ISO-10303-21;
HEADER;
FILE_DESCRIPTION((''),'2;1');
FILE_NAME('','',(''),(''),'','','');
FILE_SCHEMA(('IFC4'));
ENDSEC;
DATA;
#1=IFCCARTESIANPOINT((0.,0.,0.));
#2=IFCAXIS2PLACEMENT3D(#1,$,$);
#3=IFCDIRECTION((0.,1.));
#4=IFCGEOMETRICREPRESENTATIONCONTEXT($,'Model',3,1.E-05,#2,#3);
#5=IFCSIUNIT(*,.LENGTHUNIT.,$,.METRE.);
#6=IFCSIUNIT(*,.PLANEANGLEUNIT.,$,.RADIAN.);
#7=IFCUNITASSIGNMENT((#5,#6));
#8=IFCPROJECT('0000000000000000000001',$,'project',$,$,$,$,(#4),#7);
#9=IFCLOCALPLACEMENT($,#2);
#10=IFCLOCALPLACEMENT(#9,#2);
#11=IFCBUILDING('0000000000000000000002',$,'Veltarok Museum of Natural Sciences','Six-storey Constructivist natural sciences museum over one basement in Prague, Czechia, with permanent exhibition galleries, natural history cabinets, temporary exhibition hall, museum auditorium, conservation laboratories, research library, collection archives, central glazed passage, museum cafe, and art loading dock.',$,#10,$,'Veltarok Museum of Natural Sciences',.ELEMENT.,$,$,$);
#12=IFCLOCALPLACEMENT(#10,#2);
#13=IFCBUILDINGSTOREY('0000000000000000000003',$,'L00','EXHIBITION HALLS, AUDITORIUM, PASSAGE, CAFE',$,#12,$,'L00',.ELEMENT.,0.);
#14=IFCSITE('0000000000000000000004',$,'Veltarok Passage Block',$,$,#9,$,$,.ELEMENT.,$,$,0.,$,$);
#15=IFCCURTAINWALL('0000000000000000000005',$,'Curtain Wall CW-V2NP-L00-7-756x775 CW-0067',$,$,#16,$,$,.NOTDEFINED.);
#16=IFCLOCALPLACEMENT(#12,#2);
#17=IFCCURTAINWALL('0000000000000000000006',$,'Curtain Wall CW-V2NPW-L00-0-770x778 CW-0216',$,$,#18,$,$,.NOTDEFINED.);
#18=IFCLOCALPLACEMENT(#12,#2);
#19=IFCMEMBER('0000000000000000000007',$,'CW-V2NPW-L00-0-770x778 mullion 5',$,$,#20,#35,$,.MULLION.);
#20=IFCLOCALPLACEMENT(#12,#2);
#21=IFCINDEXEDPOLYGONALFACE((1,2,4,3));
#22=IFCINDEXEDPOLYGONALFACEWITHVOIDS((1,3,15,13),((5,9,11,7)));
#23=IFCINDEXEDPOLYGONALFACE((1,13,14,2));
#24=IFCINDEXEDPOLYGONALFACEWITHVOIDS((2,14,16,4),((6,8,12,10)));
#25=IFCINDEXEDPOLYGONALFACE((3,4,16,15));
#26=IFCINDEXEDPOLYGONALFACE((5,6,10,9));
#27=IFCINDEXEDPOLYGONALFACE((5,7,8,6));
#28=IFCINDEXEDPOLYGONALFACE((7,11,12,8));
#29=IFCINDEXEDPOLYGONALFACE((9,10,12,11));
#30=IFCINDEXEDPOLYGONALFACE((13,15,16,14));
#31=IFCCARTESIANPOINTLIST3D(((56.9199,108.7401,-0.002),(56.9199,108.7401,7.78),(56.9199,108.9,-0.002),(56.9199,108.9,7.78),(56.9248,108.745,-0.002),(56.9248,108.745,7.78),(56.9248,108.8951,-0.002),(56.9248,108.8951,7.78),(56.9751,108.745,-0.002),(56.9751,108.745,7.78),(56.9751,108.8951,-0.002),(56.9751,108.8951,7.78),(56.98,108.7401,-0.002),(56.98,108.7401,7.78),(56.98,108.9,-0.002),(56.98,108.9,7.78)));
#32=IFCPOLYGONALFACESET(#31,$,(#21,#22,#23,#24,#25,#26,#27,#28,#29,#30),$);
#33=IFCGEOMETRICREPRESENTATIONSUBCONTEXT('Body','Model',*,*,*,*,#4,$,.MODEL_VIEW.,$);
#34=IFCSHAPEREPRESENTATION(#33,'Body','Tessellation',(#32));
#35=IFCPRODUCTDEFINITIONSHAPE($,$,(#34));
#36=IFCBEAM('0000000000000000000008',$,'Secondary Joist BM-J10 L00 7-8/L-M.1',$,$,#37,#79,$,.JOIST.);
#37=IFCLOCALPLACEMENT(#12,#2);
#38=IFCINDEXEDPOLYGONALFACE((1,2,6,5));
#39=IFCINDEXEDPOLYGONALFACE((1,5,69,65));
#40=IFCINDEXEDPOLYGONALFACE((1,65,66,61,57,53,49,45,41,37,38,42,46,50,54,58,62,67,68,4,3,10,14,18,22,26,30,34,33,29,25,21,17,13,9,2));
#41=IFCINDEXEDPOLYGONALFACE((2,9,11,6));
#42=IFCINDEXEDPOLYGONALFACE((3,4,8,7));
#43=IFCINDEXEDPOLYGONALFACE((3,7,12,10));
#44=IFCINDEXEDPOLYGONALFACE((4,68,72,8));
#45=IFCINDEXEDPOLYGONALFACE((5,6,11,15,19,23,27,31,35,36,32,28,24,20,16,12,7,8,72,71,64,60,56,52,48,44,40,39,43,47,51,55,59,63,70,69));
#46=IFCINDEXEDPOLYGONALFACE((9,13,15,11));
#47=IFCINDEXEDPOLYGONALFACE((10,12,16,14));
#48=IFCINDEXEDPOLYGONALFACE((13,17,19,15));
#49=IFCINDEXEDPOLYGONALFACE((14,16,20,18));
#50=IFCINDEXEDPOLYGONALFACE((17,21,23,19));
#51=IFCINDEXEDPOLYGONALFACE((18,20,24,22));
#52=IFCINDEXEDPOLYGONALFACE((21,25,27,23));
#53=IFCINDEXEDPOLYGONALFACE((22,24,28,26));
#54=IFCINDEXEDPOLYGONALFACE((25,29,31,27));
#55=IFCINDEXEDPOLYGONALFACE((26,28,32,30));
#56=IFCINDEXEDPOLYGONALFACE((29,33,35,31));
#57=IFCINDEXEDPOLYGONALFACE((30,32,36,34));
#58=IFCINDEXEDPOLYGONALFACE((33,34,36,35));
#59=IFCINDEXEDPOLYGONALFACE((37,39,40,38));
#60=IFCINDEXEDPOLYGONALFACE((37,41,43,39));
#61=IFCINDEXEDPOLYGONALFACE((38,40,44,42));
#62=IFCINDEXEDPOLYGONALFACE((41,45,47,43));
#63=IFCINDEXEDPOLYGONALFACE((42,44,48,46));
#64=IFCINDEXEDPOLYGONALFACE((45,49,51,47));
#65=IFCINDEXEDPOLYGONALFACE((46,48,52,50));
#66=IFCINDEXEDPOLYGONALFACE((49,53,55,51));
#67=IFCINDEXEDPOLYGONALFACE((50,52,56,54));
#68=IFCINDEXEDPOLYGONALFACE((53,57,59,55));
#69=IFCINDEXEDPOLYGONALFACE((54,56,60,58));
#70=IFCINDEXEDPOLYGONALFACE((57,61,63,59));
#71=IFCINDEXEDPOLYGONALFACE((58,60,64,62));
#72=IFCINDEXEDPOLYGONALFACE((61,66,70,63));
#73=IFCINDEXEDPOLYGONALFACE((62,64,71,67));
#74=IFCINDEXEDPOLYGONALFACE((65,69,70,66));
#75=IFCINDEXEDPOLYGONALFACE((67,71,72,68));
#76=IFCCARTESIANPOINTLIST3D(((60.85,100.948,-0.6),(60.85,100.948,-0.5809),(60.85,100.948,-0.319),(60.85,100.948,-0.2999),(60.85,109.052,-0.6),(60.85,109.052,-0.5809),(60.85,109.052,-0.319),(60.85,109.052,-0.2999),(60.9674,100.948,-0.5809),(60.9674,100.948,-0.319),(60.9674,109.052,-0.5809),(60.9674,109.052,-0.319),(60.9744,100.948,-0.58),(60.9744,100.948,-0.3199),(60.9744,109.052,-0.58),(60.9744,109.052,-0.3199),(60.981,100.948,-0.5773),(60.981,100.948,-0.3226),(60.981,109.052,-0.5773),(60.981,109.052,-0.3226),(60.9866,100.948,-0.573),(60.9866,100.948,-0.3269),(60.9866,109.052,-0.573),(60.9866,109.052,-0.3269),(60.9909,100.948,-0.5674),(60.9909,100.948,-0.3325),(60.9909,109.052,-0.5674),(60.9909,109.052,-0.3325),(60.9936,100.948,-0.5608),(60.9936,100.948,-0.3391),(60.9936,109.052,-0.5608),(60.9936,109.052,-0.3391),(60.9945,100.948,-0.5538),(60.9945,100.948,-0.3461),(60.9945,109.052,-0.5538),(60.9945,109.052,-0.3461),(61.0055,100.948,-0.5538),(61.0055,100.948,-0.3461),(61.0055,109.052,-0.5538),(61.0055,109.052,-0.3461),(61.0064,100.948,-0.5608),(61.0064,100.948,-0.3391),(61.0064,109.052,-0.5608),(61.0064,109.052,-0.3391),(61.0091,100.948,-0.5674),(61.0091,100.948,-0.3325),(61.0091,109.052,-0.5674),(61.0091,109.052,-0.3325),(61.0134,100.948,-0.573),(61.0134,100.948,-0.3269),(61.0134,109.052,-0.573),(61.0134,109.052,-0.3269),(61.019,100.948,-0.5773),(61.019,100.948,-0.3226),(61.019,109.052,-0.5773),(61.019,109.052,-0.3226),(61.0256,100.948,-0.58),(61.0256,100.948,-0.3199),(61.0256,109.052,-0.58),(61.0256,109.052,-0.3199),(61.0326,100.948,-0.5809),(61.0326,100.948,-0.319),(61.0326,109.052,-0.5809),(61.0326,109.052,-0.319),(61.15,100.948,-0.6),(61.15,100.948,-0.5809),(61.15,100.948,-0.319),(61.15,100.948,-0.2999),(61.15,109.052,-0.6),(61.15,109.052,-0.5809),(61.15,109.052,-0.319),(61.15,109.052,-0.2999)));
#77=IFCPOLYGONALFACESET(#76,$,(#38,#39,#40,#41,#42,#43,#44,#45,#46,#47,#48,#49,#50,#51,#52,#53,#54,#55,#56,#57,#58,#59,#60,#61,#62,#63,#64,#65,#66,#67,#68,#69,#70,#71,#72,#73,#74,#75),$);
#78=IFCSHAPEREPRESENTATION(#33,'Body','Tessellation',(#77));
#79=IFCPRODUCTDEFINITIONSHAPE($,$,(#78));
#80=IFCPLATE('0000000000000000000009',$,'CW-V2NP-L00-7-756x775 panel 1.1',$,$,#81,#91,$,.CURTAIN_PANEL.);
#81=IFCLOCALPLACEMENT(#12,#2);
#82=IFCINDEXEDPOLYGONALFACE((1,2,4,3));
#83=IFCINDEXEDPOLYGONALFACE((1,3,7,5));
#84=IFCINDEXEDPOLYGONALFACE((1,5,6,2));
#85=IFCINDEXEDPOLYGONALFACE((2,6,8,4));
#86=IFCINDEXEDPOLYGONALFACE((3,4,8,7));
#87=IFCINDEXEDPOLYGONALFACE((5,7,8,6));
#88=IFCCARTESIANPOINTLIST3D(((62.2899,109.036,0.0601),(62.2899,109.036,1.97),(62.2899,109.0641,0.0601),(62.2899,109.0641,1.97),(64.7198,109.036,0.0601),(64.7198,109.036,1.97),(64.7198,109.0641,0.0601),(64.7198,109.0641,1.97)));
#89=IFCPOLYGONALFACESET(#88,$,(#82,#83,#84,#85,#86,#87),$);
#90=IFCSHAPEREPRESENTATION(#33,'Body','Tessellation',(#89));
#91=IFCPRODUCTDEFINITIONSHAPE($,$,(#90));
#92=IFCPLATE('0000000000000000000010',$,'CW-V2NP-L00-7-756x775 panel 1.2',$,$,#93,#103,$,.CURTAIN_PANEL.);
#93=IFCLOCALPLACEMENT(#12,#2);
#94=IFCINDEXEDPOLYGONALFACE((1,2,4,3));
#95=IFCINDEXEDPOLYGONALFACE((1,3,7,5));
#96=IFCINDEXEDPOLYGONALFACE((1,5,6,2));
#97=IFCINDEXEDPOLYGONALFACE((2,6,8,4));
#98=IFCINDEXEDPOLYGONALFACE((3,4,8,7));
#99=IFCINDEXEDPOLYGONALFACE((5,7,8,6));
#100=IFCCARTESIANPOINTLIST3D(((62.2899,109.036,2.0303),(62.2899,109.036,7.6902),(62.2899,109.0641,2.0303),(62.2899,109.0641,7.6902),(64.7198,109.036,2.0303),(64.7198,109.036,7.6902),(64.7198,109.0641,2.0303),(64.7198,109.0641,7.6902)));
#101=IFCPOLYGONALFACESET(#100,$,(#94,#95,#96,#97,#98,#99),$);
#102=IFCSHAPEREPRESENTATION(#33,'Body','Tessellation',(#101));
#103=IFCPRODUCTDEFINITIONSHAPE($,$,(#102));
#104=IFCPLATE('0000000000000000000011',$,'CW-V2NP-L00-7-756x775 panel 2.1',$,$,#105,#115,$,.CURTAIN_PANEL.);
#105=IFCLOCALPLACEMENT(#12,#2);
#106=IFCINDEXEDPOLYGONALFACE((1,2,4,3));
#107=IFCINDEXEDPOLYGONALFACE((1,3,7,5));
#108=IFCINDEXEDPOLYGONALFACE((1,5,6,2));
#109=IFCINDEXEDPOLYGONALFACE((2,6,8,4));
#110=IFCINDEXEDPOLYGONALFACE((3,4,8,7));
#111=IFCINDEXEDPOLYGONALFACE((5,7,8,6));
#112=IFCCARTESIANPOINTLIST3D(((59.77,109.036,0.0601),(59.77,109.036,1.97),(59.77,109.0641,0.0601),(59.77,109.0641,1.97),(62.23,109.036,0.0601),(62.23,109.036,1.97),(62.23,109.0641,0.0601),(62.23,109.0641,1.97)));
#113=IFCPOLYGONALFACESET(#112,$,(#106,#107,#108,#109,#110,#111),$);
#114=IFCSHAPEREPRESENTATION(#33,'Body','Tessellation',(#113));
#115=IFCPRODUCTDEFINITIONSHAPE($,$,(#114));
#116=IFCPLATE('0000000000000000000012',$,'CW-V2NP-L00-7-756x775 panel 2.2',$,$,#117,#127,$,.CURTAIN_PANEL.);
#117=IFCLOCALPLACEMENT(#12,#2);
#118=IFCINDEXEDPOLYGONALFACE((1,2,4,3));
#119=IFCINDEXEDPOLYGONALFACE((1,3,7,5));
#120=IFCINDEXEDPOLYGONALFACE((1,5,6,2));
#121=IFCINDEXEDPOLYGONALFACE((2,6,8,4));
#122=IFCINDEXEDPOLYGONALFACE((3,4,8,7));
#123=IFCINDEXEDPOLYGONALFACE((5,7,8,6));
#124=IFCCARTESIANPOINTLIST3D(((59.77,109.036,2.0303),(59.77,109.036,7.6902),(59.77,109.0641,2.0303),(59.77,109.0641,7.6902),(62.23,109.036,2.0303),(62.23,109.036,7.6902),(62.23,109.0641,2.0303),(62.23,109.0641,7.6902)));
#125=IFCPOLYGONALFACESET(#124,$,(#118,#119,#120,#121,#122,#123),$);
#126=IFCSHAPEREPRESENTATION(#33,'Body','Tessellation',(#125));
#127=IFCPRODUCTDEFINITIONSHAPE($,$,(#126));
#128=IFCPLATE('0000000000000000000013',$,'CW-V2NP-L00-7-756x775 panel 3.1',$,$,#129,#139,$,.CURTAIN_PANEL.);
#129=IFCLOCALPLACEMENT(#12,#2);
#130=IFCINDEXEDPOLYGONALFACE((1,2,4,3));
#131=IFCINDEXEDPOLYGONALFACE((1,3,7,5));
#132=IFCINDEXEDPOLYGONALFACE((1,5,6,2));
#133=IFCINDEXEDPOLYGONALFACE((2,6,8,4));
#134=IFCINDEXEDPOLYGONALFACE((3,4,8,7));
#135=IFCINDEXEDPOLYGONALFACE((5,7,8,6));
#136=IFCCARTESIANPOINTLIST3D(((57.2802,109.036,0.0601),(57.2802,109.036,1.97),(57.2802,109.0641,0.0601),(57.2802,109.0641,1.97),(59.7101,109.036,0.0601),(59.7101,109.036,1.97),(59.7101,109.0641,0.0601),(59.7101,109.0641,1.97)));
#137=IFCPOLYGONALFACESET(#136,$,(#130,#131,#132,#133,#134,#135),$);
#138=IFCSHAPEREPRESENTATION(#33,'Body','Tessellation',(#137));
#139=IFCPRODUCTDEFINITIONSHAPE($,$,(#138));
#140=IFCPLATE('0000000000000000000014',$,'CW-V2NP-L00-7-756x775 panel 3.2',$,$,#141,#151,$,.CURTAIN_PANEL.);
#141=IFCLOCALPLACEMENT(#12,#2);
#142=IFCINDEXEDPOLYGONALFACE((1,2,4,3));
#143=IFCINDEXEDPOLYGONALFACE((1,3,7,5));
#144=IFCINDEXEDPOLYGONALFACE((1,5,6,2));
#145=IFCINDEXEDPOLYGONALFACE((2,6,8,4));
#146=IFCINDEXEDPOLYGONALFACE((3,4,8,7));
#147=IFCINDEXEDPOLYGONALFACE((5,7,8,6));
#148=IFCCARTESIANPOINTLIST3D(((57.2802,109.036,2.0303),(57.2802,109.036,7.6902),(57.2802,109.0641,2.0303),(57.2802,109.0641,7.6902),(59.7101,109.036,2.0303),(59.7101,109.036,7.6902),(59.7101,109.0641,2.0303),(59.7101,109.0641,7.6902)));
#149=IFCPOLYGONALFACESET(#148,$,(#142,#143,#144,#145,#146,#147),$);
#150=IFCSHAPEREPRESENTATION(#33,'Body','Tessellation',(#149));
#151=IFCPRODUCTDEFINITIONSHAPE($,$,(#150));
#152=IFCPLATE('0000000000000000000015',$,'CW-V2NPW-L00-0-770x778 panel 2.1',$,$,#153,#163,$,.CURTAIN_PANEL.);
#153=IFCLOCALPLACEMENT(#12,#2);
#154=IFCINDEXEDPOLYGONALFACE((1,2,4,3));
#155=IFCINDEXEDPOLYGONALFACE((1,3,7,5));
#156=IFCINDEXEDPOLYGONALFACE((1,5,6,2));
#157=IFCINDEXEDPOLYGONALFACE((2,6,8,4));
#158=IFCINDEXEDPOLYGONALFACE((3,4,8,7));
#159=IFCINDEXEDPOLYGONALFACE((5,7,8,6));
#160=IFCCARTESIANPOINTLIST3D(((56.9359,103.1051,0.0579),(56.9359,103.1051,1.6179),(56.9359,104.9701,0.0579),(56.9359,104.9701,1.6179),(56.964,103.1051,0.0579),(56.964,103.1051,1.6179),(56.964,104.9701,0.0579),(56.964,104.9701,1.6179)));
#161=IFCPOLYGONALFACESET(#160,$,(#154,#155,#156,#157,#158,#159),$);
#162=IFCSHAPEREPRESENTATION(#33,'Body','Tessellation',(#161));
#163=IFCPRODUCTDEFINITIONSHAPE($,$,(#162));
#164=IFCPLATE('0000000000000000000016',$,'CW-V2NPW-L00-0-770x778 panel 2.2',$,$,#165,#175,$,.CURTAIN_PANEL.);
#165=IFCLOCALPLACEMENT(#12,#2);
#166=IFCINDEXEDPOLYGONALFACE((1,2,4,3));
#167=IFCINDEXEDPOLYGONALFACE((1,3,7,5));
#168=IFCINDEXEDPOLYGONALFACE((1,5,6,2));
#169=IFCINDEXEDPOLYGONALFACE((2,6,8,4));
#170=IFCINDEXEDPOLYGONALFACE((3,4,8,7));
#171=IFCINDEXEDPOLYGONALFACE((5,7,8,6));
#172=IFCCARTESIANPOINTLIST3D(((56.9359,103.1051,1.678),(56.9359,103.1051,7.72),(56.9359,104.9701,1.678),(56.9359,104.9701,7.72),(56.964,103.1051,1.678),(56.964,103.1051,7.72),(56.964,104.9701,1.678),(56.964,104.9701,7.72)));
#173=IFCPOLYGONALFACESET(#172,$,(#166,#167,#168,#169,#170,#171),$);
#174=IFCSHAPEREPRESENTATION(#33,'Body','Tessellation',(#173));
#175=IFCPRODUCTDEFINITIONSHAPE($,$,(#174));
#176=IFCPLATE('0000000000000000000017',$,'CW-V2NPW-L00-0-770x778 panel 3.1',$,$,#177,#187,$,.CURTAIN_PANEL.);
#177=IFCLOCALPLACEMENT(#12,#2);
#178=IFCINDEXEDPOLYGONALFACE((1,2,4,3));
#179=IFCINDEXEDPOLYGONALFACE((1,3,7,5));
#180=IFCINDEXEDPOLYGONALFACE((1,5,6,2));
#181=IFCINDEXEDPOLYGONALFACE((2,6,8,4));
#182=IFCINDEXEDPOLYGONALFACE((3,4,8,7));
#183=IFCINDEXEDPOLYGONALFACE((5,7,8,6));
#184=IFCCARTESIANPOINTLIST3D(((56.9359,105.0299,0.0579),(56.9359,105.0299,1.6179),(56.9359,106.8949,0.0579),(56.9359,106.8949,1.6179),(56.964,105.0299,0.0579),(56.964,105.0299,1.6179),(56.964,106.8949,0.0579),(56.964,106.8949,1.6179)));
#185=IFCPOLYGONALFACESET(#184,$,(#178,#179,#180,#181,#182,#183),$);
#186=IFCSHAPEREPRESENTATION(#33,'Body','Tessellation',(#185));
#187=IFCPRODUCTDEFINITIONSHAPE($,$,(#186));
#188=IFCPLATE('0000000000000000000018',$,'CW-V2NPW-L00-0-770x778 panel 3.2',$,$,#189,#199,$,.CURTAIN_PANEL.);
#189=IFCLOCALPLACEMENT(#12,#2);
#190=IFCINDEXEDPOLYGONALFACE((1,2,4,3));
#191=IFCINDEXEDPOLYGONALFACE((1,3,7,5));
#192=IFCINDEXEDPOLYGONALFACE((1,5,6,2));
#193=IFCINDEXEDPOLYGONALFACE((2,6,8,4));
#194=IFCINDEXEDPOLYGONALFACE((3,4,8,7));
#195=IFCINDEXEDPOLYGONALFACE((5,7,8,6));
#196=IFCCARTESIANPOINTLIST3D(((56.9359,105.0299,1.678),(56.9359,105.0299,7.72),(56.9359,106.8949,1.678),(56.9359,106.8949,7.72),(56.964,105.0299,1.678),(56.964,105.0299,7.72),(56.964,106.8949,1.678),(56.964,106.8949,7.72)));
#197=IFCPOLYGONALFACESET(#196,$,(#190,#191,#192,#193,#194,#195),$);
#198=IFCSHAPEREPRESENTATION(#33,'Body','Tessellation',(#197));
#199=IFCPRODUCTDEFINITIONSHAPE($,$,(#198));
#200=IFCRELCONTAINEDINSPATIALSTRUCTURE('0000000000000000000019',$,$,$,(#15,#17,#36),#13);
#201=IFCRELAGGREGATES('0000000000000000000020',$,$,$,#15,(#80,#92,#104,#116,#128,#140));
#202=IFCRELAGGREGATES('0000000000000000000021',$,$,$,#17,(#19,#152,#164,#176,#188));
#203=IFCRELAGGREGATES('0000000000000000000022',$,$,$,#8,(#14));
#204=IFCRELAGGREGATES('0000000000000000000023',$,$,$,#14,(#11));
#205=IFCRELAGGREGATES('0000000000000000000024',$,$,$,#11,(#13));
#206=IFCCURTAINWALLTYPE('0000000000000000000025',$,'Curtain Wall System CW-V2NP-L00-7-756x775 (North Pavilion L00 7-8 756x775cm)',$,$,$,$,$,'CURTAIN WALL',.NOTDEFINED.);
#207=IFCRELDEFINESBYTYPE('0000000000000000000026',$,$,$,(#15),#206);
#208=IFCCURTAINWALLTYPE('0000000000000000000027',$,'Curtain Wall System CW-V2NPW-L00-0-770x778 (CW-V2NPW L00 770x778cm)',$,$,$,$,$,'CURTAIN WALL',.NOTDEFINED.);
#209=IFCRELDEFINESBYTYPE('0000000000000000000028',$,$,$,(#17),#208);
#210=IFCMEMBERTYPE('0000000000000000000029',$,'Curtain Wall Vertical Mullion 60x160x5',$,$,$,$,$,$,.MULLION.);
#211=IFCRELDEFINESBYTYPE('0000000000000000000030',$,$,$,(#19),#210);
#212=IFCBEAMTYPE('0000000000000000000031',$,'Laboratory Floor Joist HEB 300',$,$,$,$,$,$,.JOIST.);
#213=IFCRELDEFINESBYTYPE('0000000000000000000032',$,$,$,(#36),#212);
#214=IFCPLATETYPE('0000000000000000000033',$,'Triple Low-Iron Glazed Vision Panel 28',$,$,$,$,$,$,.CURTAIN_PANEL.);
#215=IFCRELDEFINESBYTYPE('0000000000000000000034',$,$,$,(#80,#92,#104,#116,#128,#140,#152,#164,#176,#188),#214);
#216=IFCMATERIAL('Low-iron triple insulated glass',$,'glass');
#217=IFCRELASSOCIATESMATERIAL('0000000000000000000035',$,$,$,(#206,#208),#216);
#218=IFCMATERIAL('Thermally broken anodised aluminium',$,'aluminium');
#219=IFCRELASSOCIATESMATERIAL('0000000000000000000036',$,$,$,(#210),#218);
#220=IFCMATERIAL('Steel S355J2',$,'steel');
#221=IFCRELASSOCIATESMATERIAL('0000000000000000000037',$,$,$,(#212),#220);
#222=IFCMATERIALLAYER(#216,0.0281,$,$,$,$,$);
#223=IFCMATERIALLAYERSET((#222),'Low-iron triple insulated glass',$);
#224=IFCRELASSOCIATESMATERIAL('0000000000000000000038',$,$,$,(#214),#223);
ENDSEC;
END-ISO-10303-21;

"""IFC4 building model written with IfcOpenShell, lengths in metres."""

from ifc_helpers import new_model, si_unit, direction, frame, origin, origin_2d, place, context, subcontext, project, spatial, rectangle, hollow_rectangle, i_section, extrude, material, layer, layer_set, material_profile, profile_set, type_object, element, aggregate, save


model = new_model("IFC4")

# Units and contexts
model_context = context("Model", 3, precision=1e-05, world=origin(), true_north=direction((0.0, 1.0)))
body_context = subcontext(model_context, "Body", "Model", "MODEL_VIEW")
ifc_project = project(units=[si_unit("LENGTHUNIT", "METRE"), si_unit("PLANEANGLEUNIT", "RADIAN")], contexts=[model_context])

# Site, building, storey
site_placement = place(None, origin())
site = spatial("IfcSite", under=ifc_project, at=site_placement, Name="Veltarok Passage Block", CompositionType="ELEMENT", RefElevation=0.0)
building_placement = place(site_placement, origin())
building = spatial("IfcBuilding", under=site, at=building_placement, Name="Veltarok Museum of Natural Sciences", Description="Six-storey Constructivist natural sciences museum over one basement in Prague, Czechia, with permanent exhibition galleries, natural history cabinets, temporary exhibition hall, museum auditorium, conservation laboratories, research library, collection archives, central glazed passage, museum cafe, and art loading dock.", LongName="Veltarok Museum of Natural Sciences", CompositionType="ELEMENT")
storey_placement = place(building_placement, origin())
storey = spatial("IfcBuildingStorey", under=building, at=storey_placement, Name="L00", Description="EXHIBITION HALLS, AUDITORIUM, PASSAGE, CAFE", LongName="L00", CompositionType="ELEMENT", Elevation=0.0)

# Curtain walls
ifc_material_1 = material(Name="Low-iron triple insulated glass", Category="glass")
curtain_wall_type_1 = type_object("IfcCurtainWallType", Name="Curtain Wall System CW-V2NP-L00-7-756x775 (North Pavilion L00 7-8 756x775cm)", ElementType="CURTAIN WALL", PredefinedType="NOTDEFINED", material=ifc_material_1)
curtain_wall_1_placement = place(storey_placement, origin())
curtain_wall_1 = element("IfcCurtainWall", 1, at=curtain_wall_1_placement, inside=storey, type_object=curtain_wall_type_1, Name="Curtain Wall CW-V2NP-L00-7-756x775 CW-0067", PredefinedType="NOTDEFINED")
ifc_material_2 = material(Name="Thermally broken anodised aluminium", Category="aluminium")
curtain_wall_type_2 = type_object("IfcCurtainWallType", Name="Curtain Wall System CW-V2NPW-L00-0-770x778 (CW-V2NPW L00 770x778cm)", ElementType="CURTAIN WALL", PredefinedType="NOTDEFINED", material=ifc_material_1)
curtain_wall_2_placement = place(storey_placement, origin())
curtain_wall_2 = element("IfcCurtainWall", 2, at=curtain_wall_2_placement, inside=storey, type_object=curtain_wall_type_2, Name="Curtain Wall CW-V2NPW-L00-0-770x778 CW-0216", PredefinedType="NOTDEFINED")

# Member
ifc_material_profile_1 = material_profile(ifc_material_2, hollow_rectangle(XDim=0.0601, YDim=0.1599, WallThickness=0.0049, at=origin_2d()), Name="CW MULLION 60x160x5")
ifc_profile_set_1 = profile_set([ifc_material_profile_1], Name="Thermally broken anodised aluminium")
member_type_1 = type_object("IfcMemberType", Name="Curtain Wall Vertical Mullion 60x160x5", PredefinedType="MULLION", material=ifc_profile_set_1)
member_1_placement = place(storey_placement, frame((56.95, 108.8201, -0.002), z_axis=(0.0, 0.0, 1.0), x_axis=(-1.0, 0.0, 0.0)))
member_1 = element("IfcMember", 3, at=member_1_placement, type_object=member_type_1, Name="CW-V2NPW-L00-0-770x778 mullion 5", PredefinedType="MULLION", context=body_context, shape_type="SweptSolid", body=[
    extrude(hollow_rectangle(XDim=0.0601, YDim=0.1599, WallThickness=0.0049, at=origin_2d()), origin(), (0.0, 0.0, 1.0), 7.782),
])

# Beam
ifc_material_3 = material(Name="Steel S355J2", Category="steel")
ifc_material_profile_2 = material_profile(ifc_material_3, i_section(OverallWidth=0.3, OverallDepth=0.3, WebThickness=0.011, FlangeThickness=0.019, FilletRadius=0.0271, at=origin_2d()), Name="HEB 300")
ifc_profile_set_2 = profile_set([ifc_material_profile_2], Name="Steel S355J2")
beam_type = type_object("IfcBeamType", Name="Laboratory Floor Joist HEB 300", PredefinedType="JOIST", material=ifc_profile_set_2)
beam_placement = place(storey_placement, frame((61.0, 100.948, -0.45), z_axis=(0.0, 1.0, 0.0), x_axis=(-1.0, 0.0, 0.0)))
element("IfcBeam", 4, at=beam_placement, inside=storey, type_object=beam_type, Name="Secondary Joist BM-J10 L00 7-8/L-M.1", PredefinedType="JOIST", context=body_context, shape_type="SweptSolid", body=[
    extrude(i_section(OverallWidth=0.3, OverallDepth=0.3, WebThickness=0.011, FlangeThickness=0.019, FilletRadius=0.0271, at=origin_2d()), origin(), (0.0, 0.0, 1.0), 8.104),
])

# Plates
ifc_layer = layer(ifc_material_1, 0.0281)
ifc_layer_set = layer_set([ifc_layer], Name="Low-iron triple insulated glass")
plate_type = type_object("IfcPlateType", Name="Triple Low-Iron Glazed Vision Panel 28", PredefinedType="CURTAIN_PANEL", material=ifc_layer_set)
plate_1_placement = place(storey_placement, frame((63.5049, 109.05, 0.0601), z_axis=(0.0, 0.0, 1.0), x_axis=(-1.0, 0.0, 0.0)))
plate_1 = element("IfcPlate", 5, at=plate_1_placement, type_object=plate_type, Name="CW-V2NP-L00-7-756x775 panel 1.1", PredefinedType="CURTAIN_PANEL", context=body_context, shape_type="SweptSolid", body=[
    extrude(rectangle(XDim=2.4299, YDim=0.0281, at=origin_2d()), origin(), (0.0, 0.0, 1.0), 1.9099),
])
plate_2_placement = place(storey_placement, frame((63.5049, 109.05, 2.0303), z_axis=(0.0, 0.0, 1.0), x_axis=(-1.0, 0.0, 0.0)))
plate_2 = element("IfcPlate", 6, at=plate_2_placement, type_object=plate_type, Name="CW-V2NP-L00-7-756x775 panel 1.2", PredefinedType="CURTAIN_PANEL", context=body_context, shape_type="SweptSolid", body=[
    extrude(rectangle(XDim=2.4299, YDim=0.0281, at=origin_2d()), origin(), (0.0, 0.0, 1.0), 5.6599),
])
plate_3_placement = place(storey_placement, frame((61.0, 109.05, 0.0601), z_axis=(0.0, 0.0, 1.0), x_axis=(-1.0, 0.0, 0.0)))
plate_3 = element("IfcPlate", 7, at=plate_3_placement, type_object=plate_type, Name="CW-V2NP-L00-7-756x775 panel 2.1", PredefinedType="CURTAIN_PANEL", context=body_context, shape_type="SweptSolid", body=[
    extrude(rectangle(XDim=2.46, YDim=0.0281, at=origin_2d()), origin(), (0.0, 0.0, 1.0), 1.9099),
])
plate_4_placement = place(storey_placement, frame((61.0, 109.05, 2.0303), z_axis=(0.0, 0.0, 1.0), x_axis=(-1.0, 0.0, 0.0)))
plate_4 = element("IfcPlate", 8, at=plate_4_placement, type_object=plate_type, Name="CW-V2NP-L00-7-756x775 panel 2.2", PredefinedType="CURTAIN_PANEL", context=body_context, shape_type="SweptSolid", body=[
    extrude(rectangle(XDim=2.46, YDim=0.0281, at=origin_2d()), origin(), (0.0, 0.0, 1.0), 5.6599),
])
plate_5_placement = place(storey_placement, frame((58.4951, 109.05, 0.0601), z_axis=(0.0, 0.0, 1.0), x_axis=(-1.0, 0.0, 0.0)))
plate_5 = element("IfcPlate", 9, at=plate_5_placement, type_object=plate_type, Name="CW-V2NP-L00-7-756x775 panel 3.1", PredefinedType="CURTAIN_PANEL", context=body_context, shape_type="SweptSolid", body=[
    extrude(rectangle(XDim=2.4299, YDim=0.0281, at=origin_2d()), origin(), (0.0, 0.0, 1.0), 1.9099),
])
plate_6_placement = place(storey_placement, frame((58.4951, 109.05, 2.0303), z_axis=(0.0, 0.0, 1.0), x_axis=(-1.0, 0.0, 0.0)))
plate_6 = element("IfcPlate", 10, at=plate_6_placement, type_object=plate_type, Name="CW-V2NP-L00-7-756x775 panel 3.2", PredefinedType="CURTAIN_PANEL", context=body_context, shape_type="SweptSolid", body=[
    extrude(rectangle(XDim=2.4299, YDim=0.0281, at=origin_2d()), origin(), (0.0, 0.0, 1.0), 5.6599),
])
aggregate(curtain_wall_1, [plate_1, plate_2, plate_3, plate_4, plate_5, plate_6])
plate_7_placement = place(storey_placement, frame((56.95, 104.0376, 0.0579), z_axis=(0.0, 0.0, 1.0), x_axis=(0.0, 1.0, 0.0)))
plate_7 = element("IfcPlate", 11, at=plate_7_placement, type_object=plate_type, Name="CW-V2NPW-L00-0-770x778 panel 2.1", PredefinedType="CURTAIN_PANEL", context=body_context, shape_type="SweptSolid", body=[
    extrude(rectangle(XDim=1.865, YDim=0.0281, at=origin_2d()), origin(), (0.0, 0.0, 1.0), 1.5601),
])
plate_8_placement = place(storey_placement, frame((56.95, 104.0376, 1.678), z_axis=(0.0, 0.0, 1.0), x_axis=(0.0, 1.0, 0.0)))
plate_8 = element("IfcPlate", 12, at=plate_8_placement, type_object=plate_type, Name="CW-V2NPW-L00-0-770x778 panel 2.2", PredefinedType="CURTAIN_PANEL", context=body_context, shape_type="SweptSolid", body=[
    extrude(rectangle(XDim=1.865, YDim=0.0281, at=origin_2d()), origin(), (0.0, 0.0, 1.0), 6.042),
])
plate_9_placement = place(storey_placement, frame((56.95, 105.9624, 0.0579), z_axis=(0.0, 0.0, 1.0), x_axis=(0.0, 1.0, 0.0)))
plate_9 = element("IfcPlate", 13, at=plate_9_placement, type_object=plate_type, Name="CW-V2NPW-L00-0-770x778 panel 3.1", PredefinedType="CURTAIN_PANEL", context=body_context, shape_type="SweptSolid", body=[
    extrude(rectangle(XDim=1.865, YDim=0.0281, at=origin_2d()), origin(), (0.0, 0.0, 1.0), 1.5601),
])
plate_10_placement = place(storey_placement, frame((56.95, 105.9624, 1.678), z_axis=(0.0, 0.0, 1.0), x_axis=(0.0, 1.0, 0.0)))
plate_10 = element("IfcPlate", 14, at=plate_10_placement, type_object=plate_type, Name="CW-V2NPW-L00-0-770x778 panel 3.2", PredefinedType="CURTAIN_PANEL", context=body_context, shape_type="SweptSolid", body=[
    extrude(rectangle(XDim=1.865, YDim=0.0281, at=origin_2d()), origin(), (0.0, 0.0, 1.0), 6.042),
])
aggregate(curtain_wall_2, [member_1, plate_7, plate_8, plate_9, plate_10])

save(model, "model.ifc")
